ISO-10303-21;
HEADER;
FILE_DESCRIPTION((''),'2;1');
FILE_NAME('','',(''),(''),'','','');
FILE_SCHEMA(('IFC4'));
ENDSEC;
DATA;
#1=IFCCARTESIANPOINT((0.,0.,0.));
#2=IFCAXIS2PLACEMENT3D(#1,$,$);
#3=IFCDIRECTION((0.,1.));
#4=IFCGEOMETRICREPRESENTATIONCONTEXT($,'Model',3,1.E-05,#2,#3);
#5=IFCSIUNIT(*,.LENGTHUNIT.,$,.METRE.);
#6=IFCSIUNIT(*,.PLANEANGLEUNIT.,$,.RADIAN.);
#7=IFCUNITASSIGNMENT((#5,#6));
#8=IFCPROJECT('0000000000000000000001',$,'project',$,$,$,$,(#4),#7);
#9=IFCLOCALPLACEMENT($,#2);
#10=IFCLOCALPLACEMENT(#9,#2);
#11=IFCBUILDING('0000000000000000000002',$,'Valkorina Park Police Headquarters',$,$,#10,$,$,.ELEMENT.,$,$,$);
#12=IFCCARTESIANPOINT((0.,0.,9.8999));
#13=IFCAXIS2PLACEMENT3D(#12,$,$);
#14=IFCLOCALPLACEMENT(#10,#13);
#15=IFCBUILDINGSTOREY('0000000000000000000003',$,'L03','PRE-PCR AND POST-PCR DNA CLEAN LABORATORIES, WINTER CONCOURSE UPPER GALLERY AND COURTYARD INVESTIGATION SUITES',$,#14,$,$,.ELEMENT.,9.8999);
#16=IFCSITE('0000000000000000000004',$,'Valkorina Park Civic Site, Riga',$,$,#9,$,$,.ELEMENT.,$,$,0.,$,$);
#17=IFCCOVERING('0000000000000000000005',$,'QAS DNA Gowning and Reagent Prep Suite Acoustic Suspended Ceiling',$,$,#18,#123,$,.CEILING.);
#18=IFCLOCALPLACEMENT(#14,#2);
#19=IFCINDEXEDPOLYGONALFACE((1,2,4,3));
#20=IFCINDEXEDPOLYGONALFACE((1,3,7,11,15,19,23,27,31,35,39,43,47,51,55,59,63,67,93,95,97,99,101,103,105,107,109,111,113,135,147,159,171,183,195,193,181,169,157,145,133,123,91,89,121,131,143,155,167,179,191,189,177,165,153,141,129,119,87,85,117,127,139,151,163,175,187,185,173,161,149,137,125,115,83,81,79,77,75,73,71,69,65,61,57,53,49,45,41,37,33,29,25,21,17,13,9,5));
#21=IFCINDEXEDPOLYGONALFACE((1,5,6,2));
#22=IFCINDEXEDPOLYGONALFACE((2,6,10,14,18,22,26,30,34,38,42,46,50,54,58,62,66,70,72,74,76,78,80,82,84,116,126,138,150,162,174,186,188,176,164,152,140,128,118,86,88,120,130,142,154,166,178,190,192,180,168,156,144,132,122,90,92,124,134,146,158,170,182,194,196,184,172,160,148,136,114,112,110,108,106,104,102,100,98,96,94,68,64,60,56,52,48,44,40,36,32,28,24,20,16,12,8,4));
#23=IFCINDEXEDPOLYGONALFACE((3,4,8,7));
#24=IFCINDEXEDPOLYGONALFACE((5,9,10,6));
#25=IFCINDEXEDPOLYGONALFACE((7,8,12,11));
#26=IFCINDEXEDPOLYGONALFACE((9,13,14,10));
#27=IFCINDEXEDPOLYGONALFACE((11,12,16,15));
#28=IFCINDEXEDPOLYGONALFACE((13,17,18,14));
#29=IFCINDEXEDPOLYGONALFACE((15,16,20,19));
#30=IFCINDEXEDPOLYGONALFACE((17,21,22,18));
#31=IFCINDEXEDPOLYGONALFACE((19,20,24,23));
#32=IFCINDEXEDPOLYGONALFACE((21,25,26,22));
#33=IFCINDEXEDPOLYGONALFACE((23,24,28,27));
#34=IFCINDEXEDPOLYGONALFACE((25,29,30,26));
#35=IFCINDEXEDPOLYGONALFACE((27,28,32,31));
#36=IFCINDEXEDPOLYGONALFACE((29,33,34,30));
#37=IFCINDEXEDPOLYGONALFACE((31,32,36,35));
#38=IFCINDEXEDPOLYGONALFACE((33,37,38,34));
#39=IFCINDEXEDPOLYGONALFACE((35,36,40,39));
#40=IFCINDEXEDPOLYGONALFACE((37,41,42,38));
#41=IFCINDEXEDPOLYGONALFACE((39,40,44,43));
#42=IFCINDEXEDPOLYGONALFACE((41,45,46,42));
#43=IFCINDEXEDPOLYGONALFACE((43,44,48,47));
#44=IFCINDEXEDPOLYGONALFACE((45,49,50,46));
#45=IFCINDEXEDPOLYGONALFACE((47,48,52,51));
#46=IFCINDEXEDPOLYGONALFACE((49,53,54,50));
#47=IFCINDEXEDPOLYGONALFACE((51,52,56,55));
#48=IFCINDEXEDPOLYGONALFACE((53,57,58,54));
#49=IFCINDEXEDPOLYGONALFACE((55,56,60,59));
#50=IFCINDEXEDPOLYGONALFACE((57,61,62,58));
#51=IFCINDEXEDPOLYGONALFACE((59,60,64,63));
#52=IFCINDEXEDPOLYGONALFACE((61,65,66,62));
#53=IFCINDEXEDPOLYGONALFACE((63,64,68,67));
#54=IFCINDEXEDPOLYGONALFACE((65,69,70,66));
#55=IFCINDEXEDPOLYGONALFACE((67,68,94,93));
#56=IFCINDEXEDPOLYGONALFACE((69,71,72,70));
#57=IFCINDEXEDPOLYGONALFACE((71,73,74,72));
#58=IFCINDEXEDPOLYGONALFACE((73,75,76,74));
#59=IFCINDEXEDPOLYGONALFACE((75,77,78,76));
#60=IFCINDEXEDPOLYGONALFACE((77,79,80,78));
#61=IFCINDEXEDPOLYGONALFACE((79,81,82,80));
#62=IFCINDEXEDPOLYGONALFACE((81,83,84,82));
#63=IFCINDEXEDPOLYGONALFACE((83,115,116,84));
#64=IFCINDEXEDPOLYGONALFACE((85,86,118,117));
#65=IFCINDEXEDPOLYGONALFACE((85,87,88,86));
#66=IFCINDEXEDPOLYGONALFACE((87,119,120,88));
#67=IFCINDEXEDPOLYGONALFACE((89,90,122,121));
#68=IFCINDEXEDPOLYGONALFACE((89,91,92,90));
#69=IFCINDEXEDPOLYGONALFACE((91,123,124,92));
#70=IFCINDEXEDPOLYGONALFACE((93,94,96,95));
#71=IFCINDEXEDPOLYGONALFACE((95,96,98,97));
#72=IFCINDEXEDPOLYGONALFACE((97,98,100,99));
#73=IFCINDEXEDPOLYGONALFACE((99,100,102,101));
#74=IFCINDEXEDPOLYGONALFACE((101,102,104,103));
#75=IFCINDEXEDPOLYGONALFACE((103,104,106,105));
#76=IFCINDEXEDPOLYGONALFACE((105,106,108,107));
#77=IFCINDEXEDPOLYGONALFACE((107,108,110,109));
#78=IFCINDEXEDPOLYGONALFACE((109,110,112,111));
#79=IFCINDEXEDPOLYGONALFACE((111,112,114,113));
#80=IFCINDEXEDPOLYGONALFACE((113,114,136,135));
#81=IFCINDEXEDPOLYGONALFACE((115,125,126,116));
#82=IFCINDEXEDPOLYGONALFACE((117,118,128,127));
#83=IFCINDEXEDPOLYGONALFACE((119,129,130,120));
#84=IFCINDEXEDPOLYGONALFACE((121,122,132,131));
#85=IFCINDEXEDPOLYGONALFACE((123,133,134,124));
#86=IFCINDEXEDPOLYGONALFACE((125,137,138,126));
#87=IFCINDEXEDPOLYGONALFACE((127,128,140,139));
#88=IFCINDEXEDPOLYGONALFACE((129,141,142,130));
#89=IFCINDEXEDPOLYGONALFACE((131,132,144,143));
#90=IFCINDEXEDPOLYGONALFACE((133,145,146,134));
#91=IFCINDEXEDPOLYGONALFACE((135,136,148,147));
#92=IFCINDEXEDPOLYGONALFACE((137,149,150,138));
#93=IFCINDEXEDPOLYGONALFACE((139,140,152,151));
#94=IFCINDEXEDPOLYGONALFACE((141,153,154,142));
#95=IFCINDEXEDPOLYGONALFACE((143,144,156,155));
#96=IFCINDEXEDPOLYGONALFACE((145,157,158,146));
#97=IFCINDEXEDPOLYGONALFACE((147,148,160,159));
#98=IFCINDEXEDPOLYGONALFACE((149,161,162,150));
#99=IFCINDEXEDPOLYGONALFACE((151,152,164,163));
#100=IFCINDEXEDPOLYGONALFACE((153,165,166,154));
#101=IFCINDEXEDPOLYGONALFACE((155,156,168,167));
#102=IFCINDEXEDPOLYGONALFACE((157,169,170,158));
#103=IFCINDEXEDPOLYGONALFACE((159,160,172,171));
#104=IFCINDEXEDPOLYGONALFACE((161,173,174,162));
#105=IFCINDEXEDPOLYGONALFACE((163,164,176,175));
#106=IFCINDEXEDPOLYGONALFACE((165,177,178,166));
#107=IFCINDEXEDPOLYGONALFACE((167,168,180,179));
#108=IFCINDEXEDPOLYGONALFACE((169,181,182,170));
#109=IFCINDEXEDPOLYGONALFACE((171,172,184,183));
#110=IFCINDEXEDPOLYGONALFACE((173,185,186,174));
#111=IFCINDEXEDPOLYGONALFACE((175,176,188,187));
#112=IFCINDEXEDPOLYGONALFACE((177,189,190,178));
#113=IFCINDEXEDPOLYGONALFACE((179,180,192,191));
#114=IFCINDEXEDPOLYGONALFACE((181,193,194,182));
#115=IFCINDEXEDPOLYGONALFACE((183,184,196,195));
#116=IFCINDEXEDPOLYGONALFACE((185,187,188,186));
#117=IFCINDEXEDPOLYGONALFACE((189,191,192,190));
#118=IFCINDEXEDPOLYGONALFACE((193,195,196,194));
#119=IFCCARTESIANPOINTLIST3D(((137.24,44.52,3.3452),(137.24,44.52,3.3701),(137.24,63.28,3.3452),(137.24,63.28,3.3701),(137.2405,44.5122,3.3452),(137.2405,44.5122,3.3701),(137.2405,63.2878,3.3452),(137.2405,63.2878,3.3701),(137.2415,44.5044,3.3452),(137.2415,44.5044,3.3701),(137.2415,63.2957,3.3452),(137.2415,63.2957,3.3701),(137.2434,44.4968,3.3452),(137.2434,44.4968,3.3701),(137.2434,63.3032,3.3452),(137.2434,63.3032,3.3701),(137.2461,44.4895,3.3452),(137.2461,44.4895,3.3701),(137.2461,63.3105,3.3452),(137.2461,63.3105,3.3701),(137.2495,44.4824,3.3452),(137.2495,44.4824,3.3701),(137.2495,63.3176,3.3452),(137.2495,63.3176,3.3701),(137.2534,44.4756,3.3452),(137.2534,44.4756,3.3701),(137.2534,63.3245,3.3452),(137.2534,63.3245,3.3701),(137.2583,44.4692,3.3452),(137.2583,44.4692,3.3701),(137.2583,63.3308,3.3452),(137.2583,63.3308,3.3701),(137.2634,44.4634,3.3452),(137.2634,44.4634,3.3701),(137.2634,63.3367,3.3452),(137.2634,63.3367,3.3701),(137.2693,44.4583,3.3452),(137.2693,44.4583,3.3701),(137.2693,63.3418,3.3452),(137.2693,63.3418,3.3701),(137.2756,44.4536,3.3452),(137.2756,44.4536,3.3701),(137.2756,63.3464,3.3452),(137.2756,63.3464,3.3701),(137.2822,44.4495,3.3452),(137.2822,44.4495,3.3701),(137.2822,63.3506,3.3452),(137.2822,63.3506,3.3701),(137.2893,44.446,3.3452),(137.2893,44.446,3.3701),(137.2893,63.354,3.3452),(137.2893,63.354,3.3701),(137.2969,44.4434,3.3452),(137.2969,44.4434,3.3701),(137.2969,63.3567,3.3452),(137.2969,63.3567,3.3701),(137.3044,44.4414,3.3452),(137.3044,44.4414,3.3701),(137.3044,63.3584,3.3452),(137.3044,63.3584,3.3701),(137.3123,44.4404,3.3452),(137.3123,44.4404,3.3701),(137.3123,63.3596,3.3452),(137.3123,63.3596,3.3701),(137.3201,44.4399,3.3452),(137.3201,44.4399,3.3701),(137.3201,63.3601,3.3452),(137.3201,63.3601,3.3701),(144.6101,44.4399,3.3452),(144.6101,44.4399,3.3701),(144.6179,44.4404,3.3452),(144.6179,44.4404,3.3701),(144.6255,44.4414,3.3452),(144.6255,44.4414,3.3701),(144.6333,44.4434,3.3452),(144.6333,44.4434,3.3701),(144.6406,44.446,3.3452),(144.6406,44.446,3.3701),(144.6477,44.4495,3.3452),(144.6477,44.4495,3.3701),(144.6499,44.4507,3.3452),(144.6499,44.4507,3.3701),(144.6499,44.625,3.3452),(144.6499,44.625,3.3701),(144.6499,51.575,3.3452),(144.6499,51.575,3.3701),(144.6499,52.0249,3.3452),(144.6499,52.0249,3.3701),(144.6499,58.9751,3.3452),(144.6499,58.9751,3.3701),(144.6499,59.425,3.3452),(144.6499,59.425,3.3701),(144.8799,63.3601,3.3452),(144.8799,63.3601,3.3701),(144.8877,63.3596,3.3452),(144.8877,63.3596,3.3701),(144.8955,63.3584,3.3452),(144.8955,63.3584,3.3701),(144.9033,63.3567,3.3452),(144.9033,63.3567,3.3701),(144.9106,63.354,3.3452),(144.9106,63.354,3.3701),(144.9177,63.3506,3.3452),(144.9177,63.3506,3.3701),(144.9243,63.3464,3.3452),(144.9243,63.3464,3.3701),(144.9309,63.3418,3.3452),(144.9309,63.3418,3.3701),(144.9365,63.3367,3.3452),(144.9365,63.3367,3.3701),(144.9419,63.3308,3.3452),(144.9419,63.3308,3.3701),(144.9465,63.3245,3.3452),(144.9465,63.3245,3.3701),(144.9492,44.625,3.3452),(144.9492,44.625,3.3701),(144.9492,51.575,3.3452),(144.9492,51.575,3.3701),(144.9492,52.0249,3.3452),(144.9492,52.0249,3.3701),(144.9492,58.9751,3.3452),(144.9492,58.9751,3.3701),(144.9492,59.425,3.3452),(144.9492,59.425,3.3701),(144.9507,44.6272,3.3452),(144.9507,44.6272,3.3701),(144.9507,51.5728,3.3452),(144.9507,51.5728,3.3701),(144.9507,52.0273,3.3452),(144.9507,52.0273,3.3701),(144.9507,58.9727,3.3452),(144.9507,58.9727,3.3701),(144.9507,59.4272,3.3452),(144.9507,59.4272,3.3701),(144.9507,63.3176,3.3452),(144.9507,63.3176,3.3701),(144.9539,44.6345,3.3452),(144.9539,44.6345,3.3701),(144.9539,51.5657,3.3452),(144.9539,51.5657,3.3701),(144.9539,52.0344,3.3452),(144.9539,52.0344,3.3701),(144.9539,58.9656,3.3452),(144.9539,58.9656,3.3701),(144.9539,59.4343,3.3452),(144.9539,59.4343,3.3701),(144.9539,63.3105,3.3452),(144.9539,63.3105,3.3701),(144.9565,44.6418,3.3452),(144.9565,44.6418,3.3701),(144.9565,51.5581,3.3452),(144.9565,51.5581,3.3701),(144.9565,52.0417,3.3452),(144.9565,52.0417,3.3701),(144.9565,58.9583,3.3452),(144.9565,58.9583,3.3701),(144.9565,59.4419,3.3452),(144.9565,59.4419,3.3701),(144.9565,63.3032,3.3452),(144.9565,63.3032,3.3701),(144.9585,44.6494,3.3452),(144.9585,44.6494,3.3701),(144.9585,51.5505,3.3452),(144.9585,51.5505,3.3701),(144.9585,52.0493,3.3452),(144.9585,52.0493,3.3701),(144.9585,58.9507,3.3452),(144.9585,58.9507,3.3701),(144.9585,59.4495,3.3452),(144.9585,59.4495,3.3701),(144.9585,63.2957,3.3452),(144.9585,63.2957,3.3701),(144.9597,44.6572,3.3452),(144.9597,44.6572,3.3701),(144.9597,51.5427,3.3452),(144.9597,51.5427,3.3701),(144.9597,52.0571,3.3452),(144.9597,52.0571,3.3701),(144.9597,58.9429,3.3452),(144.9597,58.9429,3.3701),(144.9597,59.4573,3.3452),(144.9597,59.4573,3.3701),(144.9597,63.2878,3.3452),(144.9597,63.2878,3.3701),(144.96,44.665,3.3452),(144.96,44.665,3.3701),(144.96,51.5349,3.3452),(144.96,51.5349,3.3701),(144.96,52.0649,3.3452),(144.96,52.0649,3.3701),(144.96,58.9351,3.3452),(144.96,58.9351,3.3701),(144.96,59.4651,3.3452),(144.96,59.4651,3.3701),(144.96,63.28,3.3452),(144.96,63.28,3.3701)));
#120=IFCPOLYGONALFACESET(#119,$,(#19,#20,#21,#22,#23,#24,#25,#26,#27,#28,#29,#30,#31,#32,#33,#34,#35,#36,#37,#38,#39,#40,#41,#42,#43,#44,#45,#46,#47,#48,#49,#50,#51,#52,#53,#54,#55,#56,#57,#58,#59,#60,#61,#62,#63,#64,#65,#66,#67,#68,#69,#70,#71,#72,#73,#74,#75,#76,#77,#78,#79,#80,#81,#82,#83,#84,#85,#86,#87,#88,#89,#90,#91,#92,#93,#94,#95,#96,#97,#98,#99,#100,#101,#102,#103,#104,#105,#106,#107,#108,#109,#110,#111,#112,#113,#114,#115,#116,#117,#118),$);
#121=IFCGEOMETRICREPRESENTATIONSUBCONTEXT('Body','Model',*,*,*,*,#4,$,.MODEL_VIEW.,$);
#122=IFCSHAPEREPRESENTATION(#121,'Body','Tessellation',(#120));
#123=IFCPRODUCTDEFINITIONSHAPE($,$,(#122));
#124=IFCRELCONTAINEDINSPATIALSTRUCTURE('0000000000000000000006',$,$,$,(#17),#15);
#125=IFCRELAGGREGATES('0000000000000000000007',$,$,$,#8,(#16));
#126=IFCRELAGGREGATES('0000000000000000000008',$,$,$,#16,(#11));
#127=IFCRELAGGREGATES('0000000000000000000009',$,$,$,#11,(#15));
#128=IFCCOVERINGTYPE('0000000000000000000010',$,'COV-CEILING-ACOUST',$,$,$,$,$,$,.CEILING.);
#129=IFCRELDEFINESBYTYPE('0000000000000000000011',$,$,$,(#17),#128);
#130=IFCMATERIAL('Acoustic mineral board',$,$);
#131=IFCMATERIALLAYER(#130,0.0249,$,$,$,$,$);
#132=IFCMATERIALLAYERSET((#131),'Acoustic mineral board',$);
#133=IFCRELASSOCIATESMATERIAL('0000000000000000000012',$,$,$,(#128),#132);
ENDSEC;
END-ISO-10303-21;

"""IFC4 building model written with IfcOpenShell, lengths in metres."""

from ifc_helpers import new_model, si_unit, direction, frame, origin, place, context, subcontext, project, spatial, polyline, outline, extrude, material, layer, layer_set, type_object, element, save


model = new_model("IFC4")

# Units and contexts
model_context = context("Model", 3, precision=1e-05, world=origin(), true_north=direction((0.0, 1.0)))
body_context = subcontext(model_context, "Body", "Model", "MODEL_VIEW")
ifc_project = project(units=[si_unit("LENGTHUNIT", "METRE"), si_unit("PLANEANGLEUNIT", "RADIAN")], contexts=[model_context])

# Site, building, storey
site_placement = place(None, origin())
site = spatial("IfcSite", under=ifc_project, at=site_placement, Name="Valkorina Park Civic Site, Riga", CompositionType="ELEMENT", RefElevation=0.0)
building_placement = place(site_placement, origin())
building = spatial("IfcBuilding", under=site, at=building_placement, Name="Valkorina Park Police Headquarters", CompositionType="ELEMENT")
storey_placement = place(building_placement, frame((0.0, 0.0, 9.8999)))
storey = spatial("IfcBuildingStorey", under=building, at=storey_placement, Name="L03", Description="PRE-PCR AND POST-PCR DNA CLEAN LABORATORIES, WINTER CONCOURSE UPPER GALLERY AND COURTYARD INVESTIGATION SUITES", CompositionType="ELEMENT", Elevation=9.8999)

# Covering
ifc_material_1 = material(Name="Acoustic mineral board")
ifc_layer_1 = layer(ifc_material_1, 0.0249)
ifc_layer_set_1 = layer_set([ifc_layer_1], Name="Acoustic mineral board")
covering_type_1 = type_object("IfcCoveringType", Name="COV-CEILING-ACOUST", PredefinedType="CEILING", material=ifc_layer_set_1)
covering_1_placement = place(storey_placement, frame((0.0, 0.0, 3.3452)))
element("IfcCovering", 1, at=covering_1_placement, inside=storey, type_object=covering_type_1, Name="QAS DNA Gowning and Reagent Prep Suite Acoustic Suspended Ceiling", PredefinedType="CEILING", context=body_context, shape_type="SweptSolid", body=[
    extrude(outline(polyline([(144.9585, 59.4495), (144.9597, 59.4573), (144.96, 59.4651), (144.96, 63.28), (144.9597, 63.2878), (144.9585, 63.2957), (144.9565, 63.3032), (144.9539, 63.3105), (144.9507, 63.3176), (144.9465, 63.3245), (144.9419, 63.3308), (144.9365, 63.3367), (144.9309, 63.3418), (144.9243, 63.3464), (144.9177, 63.3506), (144.9106, 63.354), (144.9033, 63.3567), (144.8955, 63.3584), (144.8877, 63.3596), (144.8799, 63.3601), (137.3201, 63.3601), (137.3123, 63.3596), (137.3044, 63.3584), (137.2969, 63.3567), (137.2893, 63.354), (137.2822, 63.3506), (137.2756, 63.3464), (137.2693, 63.3418), (137.2634, 63.3367), (137.2583, 63.3308), (137.2534, 63.3245), (137.2495, 63.3176), (137.2461, 63.3105), (137.2434, 63.3032), (137.2415, 63.2957), (137.2405, 63.2878), (137.24, 63.28), (137.24, 44.52), (137.2405, 44.5122), (137.2415, 44.5044), (137.2434, 44.4968), (137.2461, 44.4895), (137.2495, 44.4824), (137.2534, 44.4756), (137.2583, 44.4692), (137.2634, 44.4634), (137.2693, 44.4583), (137.2756, 44.4536), (137.2822, 44.4495), (137.2893, 44.446), (137.2969, 44.4434), (137.3044, 44.4414), (137.3123, 44.4404), (137.3201, 44.4399), (144.6101, 44.4399), (144.6179, 44.4404), (144.6255, 44.4414), (144.6333, 44.4434), (144.6406, 44.446), (144.6477, 44.4495), (144.6499, 44.4507), (144.6499, 44.625), (144.9492, 44.625), (144.9507, 44.6272), (144.9539, 44.6345), (144.9565, 44.6418), (144.9585, 44.6494), (144.9597, 44.6572), (144.96, 44.665), (144.96, 51.5349), (144.9597, 51.5427), (144.9585, 51.5505), (144.9565, 51.5581), (144.9539, 51.5657), (144.9507, 51.5728), (144.9492, 51.575), (144.6499, 51.575), (144.6499, 52.0249), (144.9492, 52.0249), (144.9507, 52.0273), (144.9539, 52.0344), (144.9565, 52.0417), (144.9585, 52.0493), (144.9597, 52.0571), (144.96, 52.0649), (144.96, 58.9351), (144.9597, 58.9429), (144.9585, 58.9507), (144.9565, 58.9583), (144.9539, 58.9656), (144.9507, 58.9727), (144.9492, 58.9751), (144.6499, 58.9751), (144.6499, 59.425), (144.9492, 59.425), (144.9507, 59.4272), (144.9539, 59.4343), (144.9565, 59.4419), (144.9585, 59.4495)])), origin(), (0.0, 0.0, 1.0), 0.0249),
])

save(model, "model.ifc")
